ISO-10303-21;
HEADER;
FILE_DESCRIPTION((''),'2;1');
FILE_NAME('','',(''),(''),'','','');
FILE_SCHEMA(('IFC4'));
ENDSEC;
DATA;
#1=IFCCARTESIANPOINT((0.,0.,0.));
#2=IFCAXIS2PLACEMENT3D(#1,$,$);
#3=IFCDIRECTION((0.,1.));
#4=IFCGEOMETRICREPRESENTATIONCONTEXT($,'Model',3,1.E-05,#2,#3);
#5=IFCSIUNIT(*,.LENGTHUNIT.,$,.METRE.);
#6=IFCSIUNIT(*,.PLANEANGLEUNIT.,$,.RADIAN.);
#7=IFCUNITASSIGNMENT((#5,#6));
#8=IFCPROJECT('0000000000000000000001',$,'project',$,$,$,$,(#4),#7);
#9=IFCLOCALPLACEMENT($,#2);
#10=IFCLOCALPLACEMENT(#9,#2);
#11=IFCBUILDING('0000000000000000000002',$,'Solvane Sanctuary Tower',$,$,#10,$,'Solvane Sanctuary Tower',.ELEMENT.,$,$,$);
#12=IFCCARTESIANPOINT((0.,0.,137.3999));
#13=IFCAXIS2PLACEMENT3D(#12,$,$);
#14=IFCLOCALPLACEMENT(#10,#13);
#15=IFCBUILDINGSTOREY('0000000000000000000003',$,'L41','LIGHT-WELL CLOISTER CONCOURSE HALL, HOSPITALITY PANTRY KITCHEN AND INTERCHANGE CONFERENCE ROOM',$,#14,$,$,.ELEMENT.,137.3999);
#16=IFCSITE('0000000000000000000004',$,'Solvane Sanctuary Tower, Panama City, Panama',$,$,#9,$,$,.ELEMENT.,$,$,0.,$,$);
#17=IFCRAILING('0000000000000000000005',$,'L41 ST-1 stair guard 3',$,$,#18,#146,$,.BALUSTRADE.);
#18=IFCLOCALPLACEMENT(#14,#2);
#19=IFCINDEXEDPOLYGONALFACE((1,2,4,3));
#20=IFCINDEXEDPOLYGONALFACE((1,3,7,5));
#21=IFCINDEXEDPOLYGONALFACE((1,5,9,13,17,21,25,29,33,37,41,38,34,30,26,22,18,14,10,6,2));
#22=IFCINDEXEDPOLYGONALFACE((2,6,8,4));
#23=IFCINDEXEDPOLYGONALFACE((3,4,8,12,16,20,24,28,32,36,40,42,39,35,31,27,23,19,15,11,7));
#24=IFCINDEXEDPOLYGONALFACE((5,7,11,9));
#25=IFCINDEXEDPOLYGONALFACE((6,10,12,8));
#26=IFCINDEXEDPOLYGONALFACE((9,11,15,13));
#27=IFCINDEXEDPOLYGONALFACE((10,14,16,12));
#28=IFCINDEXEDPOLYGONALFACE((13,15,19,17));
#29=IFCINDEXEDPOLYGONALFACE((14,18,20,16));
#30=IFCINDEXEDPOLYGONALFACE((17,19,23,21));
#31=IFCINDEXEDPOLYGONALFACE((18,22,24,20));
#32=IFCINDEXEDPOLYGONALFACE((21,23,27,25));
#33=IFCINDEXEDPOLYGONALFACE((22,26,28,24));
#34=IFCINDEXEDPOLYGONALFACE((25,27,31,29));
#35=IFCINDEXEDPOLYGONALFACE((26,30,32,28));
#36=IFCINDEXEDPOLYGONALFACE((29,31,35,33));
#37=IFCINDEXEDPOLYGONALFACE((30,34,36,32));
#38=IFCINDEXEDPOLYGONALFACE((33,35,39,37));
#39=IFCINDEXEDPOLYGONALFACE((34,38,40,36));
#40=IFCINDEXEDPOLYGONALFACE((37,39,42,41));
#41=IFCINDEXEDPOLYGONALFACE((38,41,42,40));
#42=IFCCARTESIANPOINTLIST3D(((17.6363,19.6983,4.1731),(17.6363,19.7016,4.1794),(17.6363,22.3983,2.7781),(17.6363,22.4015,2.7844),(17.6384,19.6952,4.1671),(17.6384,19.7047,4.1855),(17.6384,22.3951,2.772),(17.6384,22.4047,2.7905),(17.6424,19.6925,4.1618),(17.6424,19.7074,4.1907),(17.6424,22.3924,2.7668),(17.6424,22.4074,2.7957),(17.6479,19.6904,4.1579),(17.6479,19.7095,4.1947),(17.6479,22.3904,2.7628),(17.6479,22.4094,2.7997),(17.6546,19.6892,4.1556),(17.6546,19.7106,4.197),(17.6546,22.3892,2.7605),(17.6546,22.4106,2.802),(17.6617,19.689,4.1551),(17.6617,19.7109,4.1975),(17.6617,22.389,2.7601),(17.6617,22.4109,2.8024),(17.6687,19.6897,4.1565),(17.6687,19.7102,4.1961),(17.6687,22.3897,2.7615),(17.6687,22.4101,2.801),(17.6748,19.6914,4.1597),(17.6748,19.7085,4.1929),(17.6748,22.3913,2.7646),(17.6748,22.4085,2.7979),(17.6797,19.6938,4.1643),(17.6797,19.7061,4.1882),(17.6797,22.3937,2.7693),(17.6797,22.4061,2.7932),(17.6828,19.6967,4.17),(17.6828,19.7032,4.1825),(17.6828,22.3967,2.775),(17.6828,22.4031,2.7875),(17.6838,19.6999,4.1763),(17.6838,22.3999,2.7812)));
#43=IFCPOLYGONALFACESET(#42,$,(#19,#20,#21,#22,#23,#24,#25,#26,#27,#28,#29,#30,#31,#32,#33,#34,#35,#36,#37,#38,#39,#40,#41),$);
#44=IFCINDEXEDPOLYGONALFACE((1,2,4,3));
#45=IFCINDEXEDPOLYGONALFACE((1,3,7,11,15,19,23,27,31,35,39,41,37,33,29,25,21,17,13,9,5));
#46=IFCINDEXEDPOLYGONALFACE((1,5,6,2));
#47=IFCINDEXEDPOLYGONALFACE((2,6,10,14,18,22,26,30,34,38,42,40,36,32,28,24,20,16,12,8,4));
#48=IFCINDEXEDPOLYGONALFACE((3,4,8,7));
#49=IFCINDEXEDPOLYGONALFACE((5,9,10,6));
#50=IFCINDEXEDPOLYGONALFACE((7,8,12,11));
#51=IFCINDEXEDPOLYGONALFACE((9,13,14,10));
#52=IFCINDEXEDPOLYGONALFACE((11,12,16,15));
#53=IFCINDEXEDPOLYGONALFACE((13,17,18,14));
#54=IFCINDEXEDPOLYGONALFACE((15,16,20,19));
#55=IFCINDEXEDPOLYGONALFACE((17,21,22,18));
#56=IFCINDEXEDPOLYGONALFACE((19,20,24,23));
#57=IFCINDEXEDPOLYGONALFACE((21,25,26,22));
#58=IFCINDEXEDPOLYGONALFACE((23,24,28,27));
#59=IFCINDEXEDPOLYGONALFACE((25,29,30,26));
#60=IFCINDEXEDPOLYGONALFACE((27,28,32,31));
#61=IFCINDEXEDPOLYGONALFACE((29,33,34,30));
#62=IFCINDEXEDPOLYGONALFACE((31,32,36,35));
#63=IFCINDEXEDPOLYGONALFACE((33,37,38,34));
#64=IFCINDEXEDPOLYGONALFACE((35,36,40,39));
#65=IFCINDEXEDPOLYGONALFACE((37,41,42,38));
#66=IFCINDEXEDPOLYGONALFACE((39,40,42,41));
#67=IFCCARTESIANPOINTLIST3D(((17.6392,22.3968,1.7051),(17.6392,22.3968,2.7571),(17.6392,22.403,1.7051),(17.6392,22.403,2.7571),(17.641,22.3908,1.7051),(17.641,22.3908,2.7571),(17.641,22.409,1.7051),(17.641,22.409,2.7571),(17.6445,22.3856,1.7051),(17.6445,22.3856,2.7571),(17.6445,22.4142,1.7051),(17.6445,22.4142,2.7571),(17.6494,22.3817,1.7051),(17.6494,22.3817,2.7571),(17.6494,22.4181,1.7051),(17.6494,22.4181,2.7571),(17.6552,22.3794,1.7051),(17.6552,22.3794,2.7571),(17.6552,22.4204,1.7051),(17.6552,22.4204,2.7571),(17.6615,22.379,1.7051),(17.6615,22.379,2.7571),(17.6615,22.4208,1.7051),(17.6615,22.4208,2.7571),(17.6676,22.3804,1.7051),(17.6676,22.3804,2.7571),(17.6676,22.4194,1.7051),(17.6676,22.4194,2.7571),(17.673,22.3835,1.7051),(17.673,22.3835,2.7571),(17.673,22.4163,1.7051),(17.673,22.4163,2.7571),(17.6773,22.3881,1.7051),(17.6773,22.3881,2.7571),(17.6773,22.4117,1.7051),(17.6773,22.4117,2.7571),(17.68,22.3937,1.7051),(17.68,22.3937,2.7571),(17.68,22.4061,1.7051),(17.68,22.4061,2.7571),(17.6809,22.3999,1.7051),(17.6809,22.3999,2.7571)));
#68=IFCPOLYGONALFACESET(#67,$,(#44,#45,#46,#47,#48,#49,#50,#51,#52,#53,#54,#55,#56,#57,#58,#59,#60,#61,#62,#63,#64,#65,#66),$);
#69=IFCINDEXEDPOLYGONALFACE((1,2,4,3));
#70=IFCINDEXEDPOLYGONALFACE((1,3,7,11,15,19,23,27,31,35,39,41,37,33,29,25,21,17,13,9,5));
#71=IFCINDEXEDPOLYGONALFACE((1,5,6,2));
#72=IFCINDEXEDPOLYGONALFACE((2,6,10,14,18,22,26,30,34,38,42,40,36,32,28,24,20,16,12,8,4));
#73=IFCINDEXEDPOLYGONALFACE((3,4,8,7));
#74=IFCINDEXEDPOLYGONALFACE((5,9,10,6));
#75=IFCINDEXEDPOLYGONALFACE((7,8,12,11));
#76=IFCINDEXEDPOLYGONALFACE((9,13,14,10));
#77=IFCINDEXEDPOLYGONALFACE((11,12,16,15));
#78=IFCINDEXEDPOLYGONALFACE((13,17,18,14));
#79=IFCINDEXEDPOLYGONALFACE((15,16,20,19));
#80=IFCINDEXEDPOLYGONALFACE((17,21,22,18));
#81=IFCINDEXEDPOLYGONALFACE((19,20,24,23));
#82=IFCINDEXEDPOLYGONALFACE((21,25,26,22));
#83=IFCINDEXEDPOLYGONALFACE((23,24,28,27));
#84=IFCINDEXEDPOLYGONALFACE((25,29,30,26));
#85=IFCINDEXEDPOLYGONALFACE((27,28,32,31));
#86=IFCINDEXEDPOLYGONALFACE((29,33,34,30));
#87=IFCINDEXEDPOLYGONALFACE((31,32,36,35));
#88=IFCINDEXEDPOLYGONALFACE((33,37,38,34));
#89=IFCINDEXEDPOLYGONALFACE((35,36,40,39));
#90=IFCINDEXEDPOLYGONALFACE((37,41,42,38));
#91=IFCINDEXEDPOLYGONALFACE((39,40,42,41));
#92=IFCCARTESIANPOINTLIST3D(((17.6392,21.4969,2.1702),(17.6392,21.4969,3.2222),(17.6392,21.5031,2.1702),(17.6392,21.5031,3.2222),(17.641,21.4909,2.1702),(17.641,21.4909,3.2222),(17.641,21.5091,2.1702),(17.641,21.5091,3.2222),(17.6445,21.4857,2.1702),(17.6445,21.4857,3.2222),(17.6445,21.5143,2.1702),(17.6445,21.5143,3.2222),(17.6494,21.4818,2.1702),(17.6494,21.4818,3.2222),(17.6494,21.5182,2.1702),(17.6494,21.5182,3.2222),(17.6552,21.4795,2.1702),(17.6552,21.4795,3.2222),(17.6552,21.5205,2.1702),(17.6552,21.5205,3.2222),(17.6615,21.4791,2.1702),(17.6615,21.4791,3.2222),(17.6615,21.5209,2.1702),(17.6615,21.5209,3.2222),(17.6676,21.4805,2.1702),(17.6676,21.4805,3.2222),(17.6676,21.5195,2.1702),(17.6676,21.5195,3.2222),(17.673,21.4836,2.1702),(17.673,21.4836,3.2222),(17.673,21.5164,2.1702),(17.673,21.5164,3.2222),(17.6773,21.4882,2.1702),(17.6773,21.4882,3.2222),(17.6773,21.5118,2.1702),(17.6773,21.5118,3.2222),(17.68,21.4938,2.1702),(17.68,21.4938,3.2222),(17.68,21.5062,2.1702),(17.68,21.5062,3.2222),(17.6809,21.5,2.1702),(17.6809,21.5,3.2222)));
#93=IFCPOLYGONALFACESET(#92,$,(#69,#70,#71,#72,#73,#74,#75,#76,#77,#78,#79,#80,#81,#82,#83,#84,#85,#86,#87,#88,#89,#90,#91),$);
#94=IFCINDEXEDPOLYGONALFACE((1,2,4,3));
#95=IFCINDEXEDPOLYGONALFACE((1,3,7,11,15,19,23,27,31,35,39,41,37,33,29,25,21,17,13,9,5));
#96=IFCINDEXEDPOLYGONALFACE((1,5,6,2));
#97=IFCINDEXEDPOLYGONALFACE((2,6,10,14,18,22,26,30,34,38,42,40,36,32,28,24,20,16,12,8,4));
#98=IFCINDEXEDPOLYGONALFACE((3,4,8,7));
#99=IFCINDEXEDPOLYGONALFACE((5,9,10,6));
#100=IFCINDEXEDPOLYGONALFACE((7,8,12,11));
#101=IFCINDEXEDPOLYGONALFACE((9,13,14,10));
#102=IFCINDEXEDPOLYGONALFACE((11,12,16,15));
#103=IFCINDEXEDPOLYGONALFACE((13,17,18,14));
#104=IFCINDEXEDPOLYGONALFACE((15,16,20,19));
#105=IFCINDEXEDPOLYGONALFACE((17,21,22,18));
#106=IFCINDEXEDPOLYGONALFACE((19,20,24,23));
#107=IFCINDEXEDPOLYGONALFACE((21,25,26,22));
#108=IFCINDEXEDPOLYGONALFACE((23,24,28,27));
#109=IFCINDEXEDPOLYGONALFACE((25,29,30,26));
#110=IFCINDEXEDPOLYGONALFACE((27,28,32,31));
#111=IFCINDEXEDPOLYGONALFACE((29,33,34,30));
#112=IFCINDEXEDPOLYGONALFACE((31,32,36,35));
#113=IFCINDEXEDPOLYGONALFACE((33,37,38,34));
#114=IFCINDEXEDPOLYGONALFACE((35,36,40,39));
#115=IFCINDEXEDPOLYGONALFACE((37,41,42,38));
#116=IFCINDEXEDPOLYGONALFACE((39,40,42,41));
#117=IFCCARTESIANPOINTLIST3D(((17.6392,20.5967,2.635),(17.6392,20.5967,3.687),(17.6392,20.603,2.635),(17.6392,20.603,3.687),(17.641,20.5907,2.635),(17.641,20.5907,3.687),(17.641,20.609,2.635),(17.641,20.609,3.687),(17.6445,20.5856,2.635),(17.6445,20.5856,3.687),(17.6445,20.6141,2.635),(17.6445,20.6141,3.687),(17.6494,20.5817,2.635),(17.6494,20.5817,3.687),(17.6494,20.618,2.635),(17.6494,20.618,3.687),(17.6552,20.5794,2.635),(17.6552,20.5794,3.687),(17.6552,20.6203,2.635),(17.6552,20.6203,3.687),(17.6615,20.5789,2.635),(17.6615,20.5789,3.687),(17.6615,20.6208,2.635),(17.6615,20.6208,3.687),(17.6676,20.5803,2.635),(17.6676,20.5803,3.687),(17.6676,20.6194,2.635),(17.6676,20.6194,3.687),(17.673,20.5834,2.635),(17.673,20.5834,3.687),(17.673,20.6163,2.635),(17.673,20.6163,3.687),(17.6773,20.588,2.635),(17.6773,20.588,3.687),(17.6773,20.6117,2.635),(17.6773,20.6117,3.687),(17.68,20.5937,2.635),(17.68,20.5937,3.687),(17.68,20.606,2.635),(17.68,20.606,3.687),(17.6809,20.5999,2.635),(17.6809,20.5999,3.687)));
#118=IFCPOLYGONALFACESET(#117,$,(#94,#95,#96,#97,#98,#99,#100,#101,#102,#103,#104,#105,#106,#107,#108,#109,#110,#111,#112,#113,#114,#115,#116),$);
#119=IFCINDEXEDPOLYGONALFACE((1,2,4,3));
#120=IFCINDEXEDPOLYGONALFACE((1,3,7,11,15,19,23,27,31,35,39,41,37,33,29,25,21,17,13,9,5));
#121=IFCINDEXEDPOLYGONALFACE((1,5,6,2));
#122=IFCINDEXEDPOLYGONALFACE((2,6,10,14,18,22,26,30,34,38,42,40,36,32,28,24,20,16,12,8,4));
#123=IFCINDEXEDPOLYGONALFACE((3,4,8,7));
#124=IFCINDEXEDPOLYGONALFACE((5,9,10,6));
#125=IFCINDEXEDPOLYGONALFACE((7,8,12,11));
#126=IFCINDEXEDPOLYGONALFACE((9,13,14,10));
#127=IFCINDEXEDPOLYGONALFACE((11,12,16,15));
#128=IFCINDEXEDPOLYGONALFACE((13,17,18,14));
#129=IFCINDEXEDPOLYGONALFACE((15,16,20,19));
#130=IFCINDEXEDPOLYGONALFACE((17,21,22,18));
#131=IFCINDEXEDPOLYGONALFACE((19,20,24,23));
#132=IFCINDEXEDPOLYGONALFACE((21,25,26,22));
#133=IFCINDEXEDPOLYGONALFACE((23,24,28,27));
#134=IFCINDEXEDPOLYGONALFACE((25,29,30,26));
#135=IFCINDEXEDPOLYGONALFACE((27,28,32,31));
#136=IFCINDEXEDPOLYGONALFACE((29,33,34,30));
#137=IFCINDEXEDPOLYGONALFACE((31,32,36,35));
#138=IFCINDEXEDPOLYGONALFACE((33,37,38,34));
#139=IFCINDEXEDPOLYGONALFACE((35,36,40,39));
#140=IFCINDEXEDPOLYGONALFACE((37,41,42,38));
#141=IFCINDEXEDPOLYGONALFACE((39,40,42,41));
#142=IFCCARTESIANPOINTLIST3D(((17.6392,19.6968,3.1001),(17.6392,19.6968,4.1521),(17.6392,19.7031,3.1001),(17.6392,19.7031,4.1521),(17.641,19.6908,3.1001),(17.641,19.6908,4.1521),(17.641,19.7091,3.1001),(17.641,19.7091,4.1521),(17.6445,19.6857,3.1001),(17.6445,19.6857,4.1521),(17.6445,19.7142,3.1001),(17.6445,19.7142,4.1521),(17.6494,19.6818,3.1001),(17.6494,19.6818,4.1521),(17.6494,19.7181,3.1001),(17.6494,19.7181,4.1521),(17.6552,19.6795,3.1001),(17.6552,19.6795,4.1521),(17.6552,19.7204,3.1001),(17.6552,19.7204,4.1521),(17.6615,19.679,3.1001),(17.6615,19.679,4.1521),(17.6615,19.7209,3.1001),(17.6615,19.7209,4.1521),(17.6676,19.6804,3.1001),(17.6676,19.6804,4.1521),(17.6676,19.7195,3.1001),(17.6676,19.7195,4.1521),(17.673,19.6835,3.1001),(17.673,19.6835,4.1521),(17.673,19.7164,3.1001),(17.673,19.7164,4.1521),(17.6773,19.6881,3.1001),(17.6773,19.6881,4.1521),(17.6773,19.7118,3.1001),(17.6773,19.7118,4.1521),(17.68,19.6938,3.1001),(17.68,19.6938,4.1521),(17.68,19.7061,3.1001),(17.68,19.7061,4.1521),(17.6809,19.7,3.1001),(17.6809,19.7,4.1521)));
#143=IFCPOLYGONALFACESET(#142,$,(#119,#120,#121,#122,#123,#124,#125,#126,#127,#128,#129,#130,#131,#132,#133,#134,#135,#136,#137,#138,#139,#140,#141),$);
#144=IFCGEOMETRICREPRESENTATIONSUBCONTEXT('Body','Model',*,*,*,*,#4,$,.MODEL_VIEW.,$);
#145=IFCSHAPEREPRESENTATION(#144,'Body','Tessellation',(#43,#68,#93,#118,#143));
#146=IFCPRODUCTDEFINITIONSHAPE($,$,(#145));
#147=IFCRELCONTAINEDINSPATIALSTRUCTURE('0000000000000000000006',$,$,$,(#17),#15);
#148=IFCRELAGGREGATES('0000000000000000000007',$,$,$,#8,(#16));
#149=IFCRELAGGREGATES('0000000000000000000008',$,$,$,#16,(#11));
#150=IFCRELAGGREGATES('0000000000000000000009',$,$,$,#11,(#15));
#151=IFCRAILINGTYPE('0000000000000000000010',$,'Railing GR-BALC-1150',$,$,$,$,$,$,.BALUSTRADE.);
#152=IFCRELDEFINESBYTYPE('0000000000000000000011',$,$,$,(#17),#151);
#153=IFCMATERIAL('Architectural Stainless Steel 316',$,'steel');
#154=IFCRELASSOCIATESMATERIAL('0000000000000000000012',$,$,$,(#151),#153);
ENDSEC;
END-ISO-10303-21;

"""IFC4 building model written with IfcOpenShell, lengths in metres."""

from ifc_helpers import new_model, si_unit, direction, frame, origin, origin_2d, place, context, subcontext, project, spatial, circle, extrude, material, type_object, element, save


model = new_model("IFC4")

# Units and contexts
model_context = context("Model", 3, precision=1e-05, world=origin(), true_north=direction((0.0, 1.0)))
body_context = subcontext(model_context, "Body", "Model", "MODEL_VIEW")
ifc_project = project(units=[si_unit("LENGTHUNIT", "METRE"), si_unit("PLANEANGLEUNIT", "RADIAN")], contexts=[model_context])

# Site, building, storey
site_placement = place(None, origin())
site = spatial("IfcSite", under=ifc_project, at=site_placement, Name="Solvane Sanctuary Tower, Panama City, Panama", CompositionType="ELEMENT", RefElevation=0.0)
building_placement = place(site_placement, origin())
building = spatial("IfcBuilding", under=site, at=building_placement, Name="Solvane Sanctuary Tower", LongName="Solvane Sanctuary Tower", CompositionType="ELEMENT")
storey_placement = place(building_placement, frame((0.0, 0.0, 137.3999)))
storey = spatial("IfcBuildingStorey", under=building, at=storey_placement, Name="L41", Description="LIGHT-WELL CLOISTER CONCOURSE HALL, HOSPITALITY PANTRY KITCHEN AND INTERCHANGE CONFERENCE ROOM", CompositionType="ELEMENT", Elevation=137.3999)

# Shared definitions
ifc_material_1 = material(Name="Architectural Stainless Steel 316", Category="steel")

# Railing
railing_type_1 = type_object("IfcRailingType", Name="Railing GR-BALC-1150", PredefinedType="BALUSTRADE", material=ifc_material_1)
railing_1_placement = place(storey_placement, frame((17.6599, 22.3999, 1.7051)))
element("IfcRailing", 1, at=railing_1_placement, inside=storey, type_object=railing_type_1, Name="L41 ST-1 stair guard 3", PredefinedType="BALUSTRADE", context=body_context, shape_type="SweptSolid", body=[
    extrude(circle(Radius=0.0239, at=origin_2d()), frame((0.0, 0.0, 1.0762), z_axis=(0.0, -0.88842, 0.459032), x_axis=(1.0, 0.0, 0.0)), (0.0, 0.0, 1.0), 3.0391),
    extrude(circle(Radius=0.021, at=origin_2d()), origin(), (0.0, 0.0, 1.0), 1.052),
    extrude(circle(Radius=0.021, at=origin_2d()), frame((0.0, -0.8999, 0.4651)), (0.0, 0.0, 1.0), 1.052),
    extrude(circle(Radius=0.021, at=origin_2d()), frame((0.0, -1.8, 0.9299)), (0.0, 0.0, 1.0), 1.052),
    extrude(circle(Radius=0.021, at=origin_2d()), frame((0.0, -2.7, 1.395)), (0.0, 0.0, 1.0), 1.052),
])

save(model, "model.ifc")
